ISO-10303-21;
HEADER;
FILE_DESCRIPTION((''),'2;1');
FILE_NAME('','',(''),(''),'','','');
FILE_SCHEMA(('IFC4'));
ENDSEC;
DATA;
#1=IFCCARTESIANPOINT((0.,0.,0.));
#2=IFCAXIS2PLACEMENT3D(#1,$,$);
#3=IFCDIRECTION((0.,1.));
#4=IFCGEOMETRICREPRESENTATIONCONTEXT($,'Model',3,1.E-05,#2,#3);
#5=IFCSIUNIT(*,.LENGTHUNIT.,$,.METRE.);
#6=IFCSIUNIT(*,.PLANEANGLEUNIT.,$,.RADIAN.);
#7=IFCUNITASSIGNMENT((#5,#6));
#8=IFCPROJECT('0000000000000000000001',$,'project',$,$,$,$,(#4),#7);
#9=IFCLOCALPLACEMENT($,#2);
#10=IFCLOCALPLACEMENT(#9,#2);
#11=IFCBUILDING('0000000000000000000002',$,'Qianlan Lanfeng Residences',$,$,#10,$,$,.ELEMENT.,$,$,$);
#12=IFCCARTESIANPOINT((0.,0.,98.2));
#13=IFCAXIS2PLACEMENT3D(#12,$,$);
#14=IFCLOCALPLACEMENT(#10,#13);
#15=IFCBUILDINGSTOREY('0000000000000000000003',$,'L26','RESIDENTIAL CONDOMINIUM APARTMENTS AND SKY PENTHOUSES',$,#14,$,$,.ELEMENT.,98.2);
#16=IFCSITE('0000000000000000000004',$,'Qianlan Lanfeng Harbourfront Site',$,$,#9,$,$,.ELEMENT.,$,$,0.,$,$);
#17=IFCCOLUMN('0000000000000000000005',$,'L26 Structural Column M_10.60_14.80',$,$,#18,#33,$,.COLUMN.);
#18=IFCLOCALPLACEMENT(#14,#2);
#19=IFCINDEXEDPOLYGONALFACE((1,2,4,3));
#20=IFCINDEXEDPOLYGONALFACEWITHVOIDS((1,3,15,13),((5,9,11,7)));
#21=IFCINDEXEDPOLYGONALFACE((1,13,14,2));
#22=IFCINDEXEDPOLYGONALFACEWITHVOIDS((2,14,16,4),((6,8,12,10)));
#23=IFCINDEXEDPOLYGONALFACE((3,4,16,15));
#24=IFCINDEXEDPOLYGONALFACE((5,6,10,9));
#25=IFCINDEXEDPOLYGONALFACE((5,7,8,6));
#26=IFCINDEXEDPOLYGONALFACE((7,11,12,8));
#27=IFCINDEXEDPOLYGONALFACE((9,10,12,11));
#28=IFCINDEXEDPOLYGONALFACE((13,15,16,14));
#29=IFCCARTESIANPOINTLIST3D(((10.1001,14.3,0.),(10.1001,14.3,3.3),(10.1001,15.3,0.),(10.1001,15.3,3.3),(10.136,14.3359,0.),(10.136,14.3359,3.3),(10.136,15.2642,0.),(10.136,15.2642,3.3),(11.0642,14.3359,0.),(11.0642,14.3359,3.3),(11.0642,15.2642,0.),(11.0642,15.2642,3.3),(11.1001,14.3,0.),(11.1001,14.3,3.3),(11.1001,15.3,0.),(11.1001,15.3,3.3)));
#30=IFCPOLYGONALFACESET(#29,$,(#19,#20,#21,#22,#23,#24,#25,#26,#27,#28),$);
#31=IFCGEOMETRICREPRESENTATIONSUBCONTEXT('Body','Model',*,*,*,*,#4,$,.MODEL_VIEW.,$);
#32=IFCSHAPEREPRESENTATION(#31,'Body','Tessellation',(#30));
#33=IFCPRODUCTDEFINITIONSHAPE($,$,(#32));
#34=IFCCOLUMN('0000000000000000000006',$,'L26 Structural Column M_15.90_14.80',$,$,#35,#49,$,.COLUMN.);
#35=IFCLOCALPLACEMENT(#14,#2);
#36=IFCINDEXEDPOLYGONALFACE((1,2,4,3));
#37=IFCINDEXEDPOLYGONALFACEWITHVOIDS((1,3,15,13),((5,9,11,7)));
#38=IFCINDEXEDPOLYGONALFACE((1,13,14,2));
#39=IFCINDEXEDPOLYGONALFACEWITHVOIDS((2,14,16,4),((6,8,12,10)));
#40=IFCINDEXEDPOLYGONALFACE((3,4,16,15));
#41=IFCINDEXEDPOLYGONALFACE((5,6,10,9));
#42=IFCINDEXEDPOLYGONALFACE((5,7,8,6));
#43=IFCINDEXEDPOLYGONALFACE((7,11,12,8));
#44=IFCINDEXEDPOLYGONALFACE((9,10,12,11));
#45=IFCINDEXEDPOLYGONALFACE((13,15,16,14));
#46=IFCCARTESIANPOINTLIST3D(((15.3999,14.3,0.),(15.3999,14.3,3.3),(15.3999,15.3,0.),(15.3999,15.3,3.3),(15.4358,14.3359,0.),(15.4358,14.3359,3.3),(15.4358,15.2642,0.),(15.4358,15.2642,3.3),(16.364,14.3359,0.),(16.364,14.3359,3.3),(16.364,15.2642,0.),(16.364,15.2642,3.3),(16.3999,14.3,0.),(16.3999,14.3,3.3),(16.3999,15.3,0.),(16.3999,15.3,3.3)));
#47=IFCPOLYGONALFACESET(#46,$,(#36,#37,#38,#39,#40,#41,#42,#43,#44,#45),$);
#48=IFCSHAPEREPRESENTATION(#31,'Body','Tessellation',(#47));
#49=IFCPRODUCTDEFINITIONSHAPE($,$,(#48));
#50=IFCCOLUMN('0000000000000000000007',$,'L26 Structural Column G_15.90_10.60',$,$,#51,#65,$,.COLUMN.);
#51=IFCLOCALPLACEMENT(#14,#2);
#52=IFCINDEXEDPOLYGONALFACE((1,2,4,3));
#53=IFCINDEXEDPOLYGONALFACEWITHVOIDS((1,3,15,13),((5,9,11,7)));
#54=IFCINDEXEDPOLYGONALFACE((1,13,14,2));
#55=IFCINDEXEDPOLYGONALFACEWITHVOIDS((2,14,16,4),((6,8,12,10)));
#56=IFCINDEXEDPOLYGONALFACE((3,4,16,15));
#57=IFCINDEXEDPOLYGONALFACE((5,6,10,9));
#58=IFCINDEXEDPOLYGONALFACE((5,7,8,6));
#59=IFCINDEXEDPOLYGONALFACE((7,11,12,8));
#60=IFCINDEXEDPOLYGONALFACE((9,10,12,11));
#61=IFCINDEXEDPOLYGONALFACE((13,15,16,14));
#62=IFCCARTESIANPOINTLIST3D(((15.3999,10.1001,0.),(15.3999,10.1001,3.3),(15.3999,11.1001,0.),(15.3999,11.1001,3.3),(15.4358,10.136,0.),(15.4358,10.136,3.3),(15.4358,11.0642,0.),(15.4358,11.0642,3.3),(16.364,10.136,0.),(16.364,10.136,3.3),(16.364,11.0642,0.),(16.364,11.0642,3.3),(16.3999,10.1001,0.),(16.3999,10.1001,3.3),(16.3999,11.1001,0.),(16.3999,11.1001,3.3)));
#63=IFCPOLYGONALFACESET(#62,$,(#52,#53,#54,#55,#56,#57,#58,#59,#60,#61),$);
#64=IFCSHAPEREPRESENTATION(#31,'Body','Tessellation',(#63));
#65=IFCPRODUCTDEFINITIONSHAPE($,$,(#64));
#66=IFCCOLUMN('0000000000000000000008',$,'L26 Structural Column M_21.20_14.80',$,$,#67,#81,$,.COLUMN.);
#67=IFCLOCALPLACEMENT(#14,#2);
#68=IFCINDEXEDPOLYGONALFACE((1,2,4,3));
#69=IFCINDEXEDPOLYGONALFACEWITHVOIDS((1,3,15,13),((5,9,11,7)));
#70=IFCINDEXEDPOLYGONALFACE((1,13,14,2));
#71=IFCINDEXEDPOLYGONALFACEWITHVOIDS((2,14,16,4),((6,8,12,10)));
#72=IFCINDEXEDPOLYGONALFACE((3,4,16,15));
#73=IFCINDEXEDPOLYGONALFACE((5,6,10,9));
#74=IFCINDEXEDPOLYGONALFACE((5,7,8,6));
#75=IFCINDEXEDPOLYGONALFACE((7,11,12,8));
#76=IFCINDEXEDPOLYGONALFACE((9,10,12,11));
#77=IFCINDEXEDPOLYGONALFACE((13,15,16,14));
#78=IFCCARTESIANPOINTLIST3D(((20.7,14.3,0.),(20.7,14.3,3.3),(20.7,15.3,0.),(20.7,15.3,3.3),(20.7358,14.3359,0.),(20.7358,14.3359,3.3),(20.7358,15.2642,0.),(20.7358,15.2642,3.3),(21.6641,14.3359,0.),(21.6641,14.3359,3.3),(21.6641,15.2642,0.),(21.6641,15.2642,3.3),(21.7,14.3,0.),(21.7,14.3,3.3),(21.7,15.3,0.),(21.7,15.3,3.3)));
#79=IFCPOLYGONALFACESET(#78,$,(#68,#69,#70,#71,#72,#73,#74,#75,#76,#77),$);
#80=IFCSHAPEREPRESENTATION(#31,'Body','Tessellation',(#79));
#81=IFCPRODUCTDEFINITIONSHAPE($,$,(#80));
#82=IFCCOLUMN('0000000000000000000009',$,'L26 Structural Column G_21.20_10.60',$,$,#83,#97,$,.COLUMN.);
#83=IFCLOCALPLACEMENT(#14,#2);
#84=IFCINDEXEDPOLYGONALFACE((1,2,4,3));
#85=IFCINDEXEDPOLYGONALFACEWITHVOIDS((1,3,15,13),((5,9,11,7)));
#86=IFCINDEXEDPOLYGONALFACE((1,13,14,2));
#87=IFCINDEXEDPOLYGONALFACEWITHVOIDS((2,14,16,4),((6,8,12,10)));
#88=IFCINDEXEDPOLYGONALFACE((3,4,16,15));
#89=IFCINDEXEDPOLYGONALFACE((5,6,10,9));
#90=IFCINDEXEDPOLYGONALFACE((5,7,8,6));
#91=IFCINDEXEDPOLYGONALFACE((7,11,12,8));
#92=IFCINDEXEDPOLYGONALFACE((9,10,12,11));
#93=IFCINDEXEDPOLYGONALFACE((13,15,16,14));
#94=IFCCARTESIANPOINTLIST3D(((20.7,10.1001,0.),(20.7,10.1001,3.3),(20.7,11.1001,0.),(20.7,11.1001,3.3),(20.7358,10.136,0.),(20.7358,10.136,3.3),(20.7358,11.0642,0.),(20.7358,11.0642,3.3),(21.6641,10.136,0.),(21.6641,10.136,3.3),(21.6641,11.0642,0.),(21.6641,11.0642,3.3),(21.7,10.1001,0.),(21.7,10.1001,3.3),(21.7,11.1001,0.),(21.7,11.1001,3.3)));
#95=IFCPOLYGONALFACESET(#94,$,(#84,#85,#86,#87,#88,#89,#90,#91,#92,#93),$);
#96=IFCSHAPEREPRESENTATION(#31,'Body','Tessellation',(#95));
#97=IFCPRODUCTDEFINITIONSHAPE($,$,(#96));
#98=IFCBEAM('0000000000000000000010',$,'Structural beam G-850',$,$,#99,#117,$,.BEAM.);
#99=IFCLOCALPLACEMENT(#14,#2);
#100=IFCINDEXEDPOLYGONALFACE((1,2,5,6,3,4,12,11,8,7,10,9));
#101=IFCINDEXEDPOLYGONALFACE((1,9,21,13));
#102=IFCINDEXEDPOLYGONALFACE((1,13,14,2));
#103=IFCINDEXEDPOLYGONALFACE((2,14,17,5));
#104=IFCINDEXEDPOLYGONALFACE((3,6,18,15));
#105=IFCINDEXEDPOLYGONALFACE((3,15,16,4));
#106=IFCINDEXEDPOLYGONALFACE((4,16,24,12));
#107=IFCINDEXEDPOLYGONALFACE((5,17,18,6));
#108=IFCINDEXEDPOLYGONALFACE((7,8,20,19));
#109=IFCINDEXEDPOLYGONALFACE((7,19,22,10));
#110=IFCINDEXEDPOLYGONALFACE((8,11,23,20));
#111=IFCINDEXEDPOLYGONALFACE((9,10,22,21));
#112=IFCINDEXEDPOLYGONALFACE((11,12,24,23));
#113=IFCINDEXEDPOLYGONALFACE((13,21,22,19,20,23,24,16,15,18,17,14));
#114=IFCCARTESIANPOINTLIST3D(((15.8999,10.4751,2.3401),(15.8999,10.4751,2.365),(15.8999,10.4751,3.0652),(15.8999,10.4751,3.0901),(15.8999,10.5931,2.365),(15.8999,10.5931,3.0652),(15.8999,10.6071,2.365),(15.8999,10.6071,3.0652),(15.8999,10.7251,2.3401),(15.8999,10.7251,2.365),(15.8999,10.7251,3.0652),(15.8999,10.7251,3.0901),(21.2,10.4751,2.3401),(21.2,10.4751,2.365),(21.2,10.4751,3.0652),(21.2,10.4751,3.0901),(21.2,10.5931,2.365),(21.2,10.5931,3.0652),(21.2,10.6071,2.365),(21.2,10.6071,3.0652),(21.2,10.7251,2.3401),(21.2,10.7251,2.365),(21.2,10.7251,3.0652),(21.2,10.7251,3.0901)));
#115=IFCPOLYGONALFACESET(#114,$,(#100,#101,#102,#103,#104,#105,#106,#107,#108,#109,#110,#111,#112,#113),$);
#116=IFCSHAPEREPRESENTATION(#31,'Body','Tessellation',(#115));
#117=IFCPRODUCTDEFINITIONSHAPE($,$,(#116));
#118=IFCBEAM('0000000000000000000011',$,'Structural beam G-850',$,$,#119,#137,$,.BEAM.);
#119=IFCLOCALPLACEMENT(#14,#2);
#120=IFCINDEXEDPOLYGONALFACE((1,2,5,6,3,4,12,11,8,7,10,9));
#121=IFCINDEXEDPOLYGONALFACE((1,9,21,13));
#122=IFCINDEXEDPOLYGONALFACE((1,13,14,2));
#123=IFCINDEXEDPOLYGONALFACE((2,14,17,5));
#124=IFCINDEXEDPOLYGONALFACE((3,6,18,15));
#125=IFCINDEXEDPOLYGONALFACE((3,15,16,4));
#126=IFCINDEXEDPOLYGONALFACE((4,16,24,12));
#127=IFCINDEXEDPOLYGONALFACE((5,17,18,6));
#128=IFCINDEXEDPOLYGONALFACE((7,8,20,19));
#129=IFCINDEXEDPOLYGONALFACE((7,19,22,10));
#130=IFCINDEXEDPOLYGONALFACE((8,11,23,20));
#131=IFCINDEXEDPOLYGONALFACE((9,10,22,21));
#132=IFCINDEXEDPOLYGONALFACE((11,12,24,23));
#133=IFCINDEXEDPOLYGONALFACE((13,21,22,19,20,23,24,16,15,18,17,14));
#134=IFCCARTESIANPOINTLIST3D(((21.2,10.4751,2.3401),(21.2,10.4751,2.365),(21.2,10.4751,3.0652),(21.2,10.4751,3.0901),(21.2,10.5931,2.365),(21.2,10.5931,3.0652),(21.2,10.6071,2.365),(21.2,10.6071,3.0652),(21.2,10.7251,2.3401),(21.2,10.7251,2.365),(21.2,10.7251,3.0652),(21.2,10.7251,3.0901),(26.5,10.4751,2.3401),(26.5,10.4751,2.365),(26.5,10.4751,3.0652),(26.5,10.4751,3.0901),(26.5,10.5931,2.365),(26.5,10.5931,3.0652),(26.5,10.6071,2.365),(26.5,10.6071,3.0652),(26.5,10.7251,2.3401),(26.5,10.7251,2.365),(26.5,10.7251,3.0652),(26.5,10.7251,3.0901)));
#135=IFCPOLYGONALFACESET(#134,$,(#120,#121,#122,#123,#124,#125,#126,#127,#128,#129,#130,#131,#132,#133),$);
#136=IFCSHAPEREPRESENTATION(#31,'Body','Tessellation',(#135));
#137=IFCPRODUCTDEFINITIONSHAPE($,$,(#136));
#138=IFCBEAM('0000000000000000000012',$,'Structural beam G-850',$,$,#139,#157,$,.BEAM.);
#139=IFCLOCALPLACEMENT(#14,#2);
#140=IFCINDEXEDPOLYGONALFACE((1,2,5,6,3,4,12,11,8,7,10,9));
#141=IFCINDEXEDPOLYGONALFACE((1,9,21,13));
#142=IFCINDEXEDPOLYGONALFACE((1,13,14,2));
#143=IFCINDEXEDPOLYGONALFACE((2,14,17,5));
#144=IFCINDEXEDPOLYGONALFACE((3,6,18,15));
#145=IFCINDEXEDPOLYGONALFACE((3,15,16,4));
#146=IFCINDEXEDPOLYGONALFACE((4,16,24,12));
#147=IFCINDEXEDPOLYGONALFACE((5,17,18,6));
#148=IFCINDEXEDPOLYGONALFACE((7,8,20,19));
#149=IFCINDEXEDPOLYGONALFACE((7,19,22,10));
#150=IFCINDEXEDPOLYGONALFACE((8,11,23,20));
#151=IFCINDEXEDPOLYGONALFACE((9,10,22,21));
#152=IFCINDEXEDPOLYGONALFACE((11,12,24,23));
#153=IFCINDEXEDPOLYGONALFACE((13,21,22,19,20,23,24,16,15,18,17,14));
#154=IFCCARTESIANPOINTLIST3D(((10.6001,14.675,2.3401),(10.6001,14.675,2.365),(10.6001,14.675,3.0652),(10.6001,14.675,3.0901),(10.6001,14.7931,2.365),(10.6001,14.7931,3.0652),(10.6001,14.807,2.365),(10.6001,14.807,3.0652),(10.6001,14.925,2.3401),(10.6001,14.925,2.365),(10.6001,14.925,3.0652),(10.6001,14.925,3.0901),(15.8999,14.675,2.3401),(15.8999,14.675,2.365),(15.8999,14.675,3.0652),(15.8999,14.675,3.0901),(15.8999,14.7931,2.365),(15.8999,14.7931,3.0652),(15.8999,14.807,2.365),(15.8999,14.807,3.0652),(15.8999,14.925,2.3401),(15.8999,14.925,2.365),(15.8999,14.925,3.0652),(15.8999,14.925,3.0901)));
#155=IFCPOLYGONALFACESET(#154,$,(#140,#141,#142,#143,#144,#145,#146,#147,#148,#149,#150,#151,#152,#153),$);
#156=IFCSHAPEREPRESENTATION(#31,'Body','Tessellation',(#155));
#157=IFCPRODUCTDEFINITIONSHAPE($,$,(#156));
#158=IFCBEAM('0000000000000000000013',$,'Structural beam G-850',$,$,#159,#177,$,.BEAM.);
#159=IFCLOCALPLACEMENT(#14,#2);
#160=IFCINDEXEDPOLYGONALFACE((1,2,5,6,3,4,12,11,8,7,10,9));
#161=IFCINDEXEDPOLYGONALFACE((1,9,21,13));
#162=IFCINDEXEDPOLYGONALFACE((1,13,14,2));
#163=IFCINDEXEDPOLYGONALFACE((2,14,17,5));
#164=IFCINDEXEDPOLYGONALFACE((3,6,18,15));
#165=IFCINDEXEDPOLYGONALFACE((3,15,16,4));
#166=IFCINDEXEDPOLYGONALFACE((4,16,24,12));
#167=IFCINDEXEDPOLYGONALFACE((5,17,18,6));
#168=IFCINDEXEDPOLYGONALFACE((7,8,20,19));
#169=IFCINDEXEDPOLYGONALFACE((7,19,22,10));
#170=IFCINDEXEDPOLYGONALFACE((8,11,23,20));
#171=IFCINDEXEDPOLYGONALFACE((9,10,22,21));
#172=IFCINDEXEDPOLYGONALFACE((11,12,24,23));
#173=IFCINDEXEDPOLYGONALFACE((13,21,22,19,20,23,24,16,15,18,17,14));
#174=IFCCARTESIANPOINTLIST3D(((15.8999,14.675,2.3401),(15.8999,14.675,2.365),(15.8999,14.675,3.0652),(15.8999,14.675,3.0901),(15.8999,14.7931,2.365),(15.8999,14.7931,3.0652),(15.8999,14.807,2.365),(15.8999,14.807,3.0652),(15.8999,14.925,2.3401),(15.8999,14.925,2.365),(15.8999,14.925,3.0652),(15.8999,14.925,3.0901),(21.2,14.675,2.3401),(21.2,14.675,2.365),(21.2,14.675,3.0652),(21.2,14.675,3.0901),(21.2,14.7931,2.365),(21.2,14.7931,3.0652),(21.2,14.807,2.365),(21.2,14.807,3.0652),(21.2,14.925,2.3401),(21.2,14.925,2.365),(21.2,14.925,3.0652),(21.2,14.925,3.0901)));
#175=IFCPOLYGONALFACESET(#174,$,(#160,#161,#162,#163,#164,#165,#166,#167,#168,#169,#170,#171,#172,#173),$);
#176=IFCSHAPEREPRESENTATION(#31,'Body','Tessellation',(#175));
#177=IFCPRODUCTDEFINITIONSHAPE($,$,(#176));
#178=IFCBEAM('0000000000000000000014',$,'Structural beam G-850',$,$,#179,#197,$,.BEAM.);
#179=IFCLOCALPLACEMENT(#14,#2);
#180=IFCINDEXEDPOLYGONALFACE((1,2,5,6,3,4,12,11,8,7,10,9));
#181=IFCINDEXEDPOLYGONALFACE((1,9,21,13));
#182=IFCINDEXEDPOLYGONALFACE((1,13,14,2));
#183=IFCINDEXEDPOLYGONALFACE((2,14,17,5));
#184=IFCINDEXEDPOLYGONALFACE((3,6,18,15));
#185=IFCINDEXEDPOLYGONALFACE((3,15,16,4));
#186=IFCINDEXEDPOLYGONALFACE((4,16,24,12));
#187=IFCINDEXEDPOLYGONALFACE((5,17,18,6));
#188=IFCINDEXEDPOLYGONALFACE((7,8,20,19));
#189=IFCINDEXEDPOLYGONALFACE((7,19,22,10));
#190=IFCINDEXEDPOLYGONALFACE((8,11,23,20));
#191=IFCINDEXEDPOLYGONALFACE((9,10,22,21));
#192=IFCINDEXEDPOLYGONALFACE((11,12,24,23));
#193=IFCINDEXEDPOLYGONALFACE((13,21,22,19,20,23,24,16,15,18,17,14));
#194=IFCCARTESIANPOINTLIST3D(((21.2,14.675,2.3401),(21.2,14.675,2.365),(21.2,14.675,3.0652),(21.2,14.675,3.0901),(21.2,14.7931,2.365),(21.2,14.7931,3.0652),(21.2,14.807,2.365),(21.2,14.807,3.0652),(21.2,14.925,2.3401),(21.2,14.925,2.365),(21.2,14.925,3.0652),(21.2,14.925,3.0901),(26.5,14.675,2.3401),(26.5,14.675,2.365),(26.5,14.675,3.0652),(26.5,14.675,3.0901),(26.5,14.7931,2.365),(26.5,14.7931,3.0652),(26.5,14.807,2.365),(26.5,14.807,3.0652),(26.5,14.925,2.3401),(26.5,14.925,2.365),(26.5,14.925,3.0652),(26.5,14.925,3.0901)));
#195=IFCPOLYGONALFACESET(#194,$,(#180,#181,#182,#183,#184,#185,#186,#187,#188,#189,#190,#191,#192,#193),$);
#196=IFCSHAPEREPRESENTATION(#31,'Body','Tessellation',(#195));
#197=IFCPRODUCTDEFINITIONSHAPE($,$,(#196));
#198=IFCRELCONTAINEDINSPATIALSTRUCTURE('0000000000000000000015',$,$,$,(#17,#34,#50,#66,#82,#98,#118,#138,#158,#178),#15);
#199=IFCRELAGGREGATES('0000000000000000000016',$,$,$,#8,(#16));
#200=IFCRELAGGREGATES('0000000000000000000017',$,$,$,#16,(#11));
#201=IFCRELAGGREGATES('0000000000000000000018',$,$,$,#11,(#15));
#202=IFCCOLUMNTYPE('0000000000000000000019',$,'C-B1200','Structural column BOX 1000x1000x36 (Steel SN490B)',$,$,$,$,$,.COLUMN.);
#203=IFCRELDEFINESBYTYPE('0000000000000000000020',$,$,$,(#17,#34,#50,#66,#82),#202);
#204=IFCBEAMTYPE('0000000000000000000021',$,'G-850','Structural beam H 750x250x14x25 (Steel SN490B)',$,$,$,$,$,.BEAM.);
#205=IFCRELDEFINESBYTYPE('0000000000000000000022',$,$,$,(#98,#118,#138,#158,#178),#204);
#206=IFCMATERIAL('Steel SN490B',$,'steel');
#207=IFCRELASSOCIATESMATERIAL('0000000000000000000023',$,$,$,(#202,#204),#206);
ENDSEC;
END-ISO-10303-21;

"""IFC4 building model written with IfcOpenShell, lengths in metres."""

from ifc_helpers import new_model, si_unit, direction, frame, origin, origin_2d, place, context, subcontext, project, spatial, hollow_rectangle, i_section, extrude, material, material_profile, profile_set, type_object, element, save


model = new_model("IFC4")

# Units and contexts
model_context = context("Model", 3, precision=1e-05, world=origin(), true_north=direction((0.0, 1.0)))
body_context = subcontext(model_context, "Body", "Model", "MODEL_VIEW")
ifc_project = project(units=[si_unit("LENGTHUNIT", "METRE"), si_unit("PLANEANGLEUNIT", "RADIAN")], contexts=[model_context])

# Site, building, storey
site_placement = place(None, origin())
site = spatial("IfcSite", under=ifc_project, at=site_placement, Name="Qianlan Lanfeng Harbourfront Site", CompositionType="ELEMENT", RefElevation=0.0)
building_placement = place(site_placement, origin())
building = spatial("IfcBuilding", under=site, at=building_placement, Name="Qianlan Lanfeng Residences", CompositionType="ELEMENT")
storey_placement = place(building_placement, frame((0.0, 0.0, 98.2)))
storey = spatial("IfcBuildingStorey", under=building, at=storey_placement, Name="L26", Description="RESIDENTIAL CONDOMINIUM APARTMENTS AND SKY PENTHOUSES", CompositionType="ELEMENT", Elevation=98.2)

# Columns
ifc_material_1 = material(Name="Steel SN490B", Category="steel")
ifc_material_profile_1 = material_profile(ifc_material_1, hollow_rectangle(XDim=1.0, YDim=1.0, WallThickness=0.0359, at=origin_2d()), Name="BOX 1000x1000x36")
ifc_profile_set_1 = profile_set([ifc_material_profile_1], Name="Steel SN490B")
column_type = type_object("IfcColumnType", Name="C-B1200", Description="Structural column BOX 1000x1000x36 (Steel SN490B)", PredefinedType="COLUMN", material=ifc_profile_set_1)
for number, where, z_axis, x_axis, name in (
    (1, (10.6001, 14.8, 0.0), (0.0, 0.0, 1.0), (1.0, 0.0, 0.0), "L26 Structural Column M_10.60_14.80"),
    (2, (15.8999, 14.8, 0.0), (0.0, 0.0, 1.0), (1.0, 0.0, 0.0), "L26 Structural Column M_15.90_14.80"),
    (3, (15.8999, 10.6001, 0.0), (0.0, 0.0, 1.0), (1.0, 0.0, 0.0), "L26 Structural Column G_15.90_10.60"),
    (4, (21.2, 14.8, 0.0), (0.0, 0.0, 1.0), (1.0, 0.0, 0.0), "L26 Structural Column M_21.20_14.80"),
    (5, (21.2, 10.6001, 0.0), (0.0, 0.0, 1.0), (1.0, 0.0, 0.0), "L26 Structural Column G_21.20_10.60"),
):
    element("IfcColumn", number, at=place(storey_placement, frame(where, z_axis=z_axis, x_axis=x_axis)), inside=storey, type_object=column_type, Name=name, PredefinedType="COLUMN", context=body_context, shape_type="SweptSolid", body=[
        extrude(hollow_rectangle(XDim=1.0, YDim=1.0, WallThickness=0.0359, at=origin_2d()), origin(), (0.0, 0.0, 1.0), 3.3),
    ])

# Beams
ifc_material_profile_2 = material_profile(ifc_material_1, i_section(OverallWidth=0.25, OverallDepth=0.75, WebThickness=0.0139, FlangeThickness=0.0249, at=origin_2d()), Name="H 750x250x14x25")
ifc_profile_set_2 = profile_set([ifc_material_profile_2], Name="Steel SN490B")
beam_type_1 = type_object("IfcBeamType", Name="G-850", Description="Structural beam H 750x250x14x25 (Steel SN490B)", PredefinedType="BEAM", material=ifc_profile_set_2)
for number, where, z_axis, x_axis, name in (
    (6, (15.8999, 10.6001, 2.7151), (1.0, 0.0, 0.0), (0.0, 1.0, 0.0), "Structural beam G-850"),
    (7, (21.2, 10.6001, 2.7151), (1.0, 0.0, 0.0), (0.0, 1.0, 0.0), "Structural beam G-850"),
):
    element("IfcBeam", number, at=place(storey_placement, frame(where, z_axis=z_axis, x_axis=x_axis)), inside=storey, type_object=beam_type_1, Name=name, PredefinedType="BEAM", context=body_context, shape_type="SweptSolid", body=[
        extrude(i_section(OverallWidth=0.25, OverallDepth=0.75, WebThickness=0.0139, FlangeThickness=0.0249, at=origin_2d()), origin(), (0.0, 0.0, 1.0), 5.3),
    ])
beam_1_placement = place(storey_placement, frame((10.6001, 14.8, 2.7151), z_axis=(1.0, 0.0, 0.0), x_axis=(0.0, 1.0, 0.0)))
element("IfcBeam", 8, at=beam_1_placement, inside=storey, type_object=beam_type_1, Name="Structural beam G-850", PredefinedType="BEAM", context=body_context, shape_type="SweptSolid", body=[
    extrude(i_section(OverallWidth=0.25, OverallDepth=0.75, WebThickness=0.0139, FlangeThickness=0.0249, at=origin_2d()), origin(), (0.0, 0.0, 1.0), 5.2998),
])
for number, where, z_axis, x_axis, name in (
    (9, (15.8999, 14.8, 2.7151), (1.0, 0.0, 0.0), (0.0, 1.0, 0.0), "Structural beam G-850"),
    (10, (21.2, 14.8, 2.7151), (1.0, 0.0, 0.0), (0.0, 1.0, 0.0), "Structural beam G-850"),
):
    element("IfcBeam", number, at=place(storey_placement, frame(where, z_axis=z_axis, x_axis=x_axis)), inside=storey, type_object=beam_type_1, Name=name, PredefinedType="BEAM", context=body_context, shape_type="SweptSolid", body=[
        extrude(i_section(OverallWidth=0.25, OverallDepth=0.75, WebThickness=0.0139, FlangeThickness=0.0249, at=origin_2d()), origin(), (0.0, 0.0, 1.0), 5.3),
    ])

save(model, "model.ifc")
